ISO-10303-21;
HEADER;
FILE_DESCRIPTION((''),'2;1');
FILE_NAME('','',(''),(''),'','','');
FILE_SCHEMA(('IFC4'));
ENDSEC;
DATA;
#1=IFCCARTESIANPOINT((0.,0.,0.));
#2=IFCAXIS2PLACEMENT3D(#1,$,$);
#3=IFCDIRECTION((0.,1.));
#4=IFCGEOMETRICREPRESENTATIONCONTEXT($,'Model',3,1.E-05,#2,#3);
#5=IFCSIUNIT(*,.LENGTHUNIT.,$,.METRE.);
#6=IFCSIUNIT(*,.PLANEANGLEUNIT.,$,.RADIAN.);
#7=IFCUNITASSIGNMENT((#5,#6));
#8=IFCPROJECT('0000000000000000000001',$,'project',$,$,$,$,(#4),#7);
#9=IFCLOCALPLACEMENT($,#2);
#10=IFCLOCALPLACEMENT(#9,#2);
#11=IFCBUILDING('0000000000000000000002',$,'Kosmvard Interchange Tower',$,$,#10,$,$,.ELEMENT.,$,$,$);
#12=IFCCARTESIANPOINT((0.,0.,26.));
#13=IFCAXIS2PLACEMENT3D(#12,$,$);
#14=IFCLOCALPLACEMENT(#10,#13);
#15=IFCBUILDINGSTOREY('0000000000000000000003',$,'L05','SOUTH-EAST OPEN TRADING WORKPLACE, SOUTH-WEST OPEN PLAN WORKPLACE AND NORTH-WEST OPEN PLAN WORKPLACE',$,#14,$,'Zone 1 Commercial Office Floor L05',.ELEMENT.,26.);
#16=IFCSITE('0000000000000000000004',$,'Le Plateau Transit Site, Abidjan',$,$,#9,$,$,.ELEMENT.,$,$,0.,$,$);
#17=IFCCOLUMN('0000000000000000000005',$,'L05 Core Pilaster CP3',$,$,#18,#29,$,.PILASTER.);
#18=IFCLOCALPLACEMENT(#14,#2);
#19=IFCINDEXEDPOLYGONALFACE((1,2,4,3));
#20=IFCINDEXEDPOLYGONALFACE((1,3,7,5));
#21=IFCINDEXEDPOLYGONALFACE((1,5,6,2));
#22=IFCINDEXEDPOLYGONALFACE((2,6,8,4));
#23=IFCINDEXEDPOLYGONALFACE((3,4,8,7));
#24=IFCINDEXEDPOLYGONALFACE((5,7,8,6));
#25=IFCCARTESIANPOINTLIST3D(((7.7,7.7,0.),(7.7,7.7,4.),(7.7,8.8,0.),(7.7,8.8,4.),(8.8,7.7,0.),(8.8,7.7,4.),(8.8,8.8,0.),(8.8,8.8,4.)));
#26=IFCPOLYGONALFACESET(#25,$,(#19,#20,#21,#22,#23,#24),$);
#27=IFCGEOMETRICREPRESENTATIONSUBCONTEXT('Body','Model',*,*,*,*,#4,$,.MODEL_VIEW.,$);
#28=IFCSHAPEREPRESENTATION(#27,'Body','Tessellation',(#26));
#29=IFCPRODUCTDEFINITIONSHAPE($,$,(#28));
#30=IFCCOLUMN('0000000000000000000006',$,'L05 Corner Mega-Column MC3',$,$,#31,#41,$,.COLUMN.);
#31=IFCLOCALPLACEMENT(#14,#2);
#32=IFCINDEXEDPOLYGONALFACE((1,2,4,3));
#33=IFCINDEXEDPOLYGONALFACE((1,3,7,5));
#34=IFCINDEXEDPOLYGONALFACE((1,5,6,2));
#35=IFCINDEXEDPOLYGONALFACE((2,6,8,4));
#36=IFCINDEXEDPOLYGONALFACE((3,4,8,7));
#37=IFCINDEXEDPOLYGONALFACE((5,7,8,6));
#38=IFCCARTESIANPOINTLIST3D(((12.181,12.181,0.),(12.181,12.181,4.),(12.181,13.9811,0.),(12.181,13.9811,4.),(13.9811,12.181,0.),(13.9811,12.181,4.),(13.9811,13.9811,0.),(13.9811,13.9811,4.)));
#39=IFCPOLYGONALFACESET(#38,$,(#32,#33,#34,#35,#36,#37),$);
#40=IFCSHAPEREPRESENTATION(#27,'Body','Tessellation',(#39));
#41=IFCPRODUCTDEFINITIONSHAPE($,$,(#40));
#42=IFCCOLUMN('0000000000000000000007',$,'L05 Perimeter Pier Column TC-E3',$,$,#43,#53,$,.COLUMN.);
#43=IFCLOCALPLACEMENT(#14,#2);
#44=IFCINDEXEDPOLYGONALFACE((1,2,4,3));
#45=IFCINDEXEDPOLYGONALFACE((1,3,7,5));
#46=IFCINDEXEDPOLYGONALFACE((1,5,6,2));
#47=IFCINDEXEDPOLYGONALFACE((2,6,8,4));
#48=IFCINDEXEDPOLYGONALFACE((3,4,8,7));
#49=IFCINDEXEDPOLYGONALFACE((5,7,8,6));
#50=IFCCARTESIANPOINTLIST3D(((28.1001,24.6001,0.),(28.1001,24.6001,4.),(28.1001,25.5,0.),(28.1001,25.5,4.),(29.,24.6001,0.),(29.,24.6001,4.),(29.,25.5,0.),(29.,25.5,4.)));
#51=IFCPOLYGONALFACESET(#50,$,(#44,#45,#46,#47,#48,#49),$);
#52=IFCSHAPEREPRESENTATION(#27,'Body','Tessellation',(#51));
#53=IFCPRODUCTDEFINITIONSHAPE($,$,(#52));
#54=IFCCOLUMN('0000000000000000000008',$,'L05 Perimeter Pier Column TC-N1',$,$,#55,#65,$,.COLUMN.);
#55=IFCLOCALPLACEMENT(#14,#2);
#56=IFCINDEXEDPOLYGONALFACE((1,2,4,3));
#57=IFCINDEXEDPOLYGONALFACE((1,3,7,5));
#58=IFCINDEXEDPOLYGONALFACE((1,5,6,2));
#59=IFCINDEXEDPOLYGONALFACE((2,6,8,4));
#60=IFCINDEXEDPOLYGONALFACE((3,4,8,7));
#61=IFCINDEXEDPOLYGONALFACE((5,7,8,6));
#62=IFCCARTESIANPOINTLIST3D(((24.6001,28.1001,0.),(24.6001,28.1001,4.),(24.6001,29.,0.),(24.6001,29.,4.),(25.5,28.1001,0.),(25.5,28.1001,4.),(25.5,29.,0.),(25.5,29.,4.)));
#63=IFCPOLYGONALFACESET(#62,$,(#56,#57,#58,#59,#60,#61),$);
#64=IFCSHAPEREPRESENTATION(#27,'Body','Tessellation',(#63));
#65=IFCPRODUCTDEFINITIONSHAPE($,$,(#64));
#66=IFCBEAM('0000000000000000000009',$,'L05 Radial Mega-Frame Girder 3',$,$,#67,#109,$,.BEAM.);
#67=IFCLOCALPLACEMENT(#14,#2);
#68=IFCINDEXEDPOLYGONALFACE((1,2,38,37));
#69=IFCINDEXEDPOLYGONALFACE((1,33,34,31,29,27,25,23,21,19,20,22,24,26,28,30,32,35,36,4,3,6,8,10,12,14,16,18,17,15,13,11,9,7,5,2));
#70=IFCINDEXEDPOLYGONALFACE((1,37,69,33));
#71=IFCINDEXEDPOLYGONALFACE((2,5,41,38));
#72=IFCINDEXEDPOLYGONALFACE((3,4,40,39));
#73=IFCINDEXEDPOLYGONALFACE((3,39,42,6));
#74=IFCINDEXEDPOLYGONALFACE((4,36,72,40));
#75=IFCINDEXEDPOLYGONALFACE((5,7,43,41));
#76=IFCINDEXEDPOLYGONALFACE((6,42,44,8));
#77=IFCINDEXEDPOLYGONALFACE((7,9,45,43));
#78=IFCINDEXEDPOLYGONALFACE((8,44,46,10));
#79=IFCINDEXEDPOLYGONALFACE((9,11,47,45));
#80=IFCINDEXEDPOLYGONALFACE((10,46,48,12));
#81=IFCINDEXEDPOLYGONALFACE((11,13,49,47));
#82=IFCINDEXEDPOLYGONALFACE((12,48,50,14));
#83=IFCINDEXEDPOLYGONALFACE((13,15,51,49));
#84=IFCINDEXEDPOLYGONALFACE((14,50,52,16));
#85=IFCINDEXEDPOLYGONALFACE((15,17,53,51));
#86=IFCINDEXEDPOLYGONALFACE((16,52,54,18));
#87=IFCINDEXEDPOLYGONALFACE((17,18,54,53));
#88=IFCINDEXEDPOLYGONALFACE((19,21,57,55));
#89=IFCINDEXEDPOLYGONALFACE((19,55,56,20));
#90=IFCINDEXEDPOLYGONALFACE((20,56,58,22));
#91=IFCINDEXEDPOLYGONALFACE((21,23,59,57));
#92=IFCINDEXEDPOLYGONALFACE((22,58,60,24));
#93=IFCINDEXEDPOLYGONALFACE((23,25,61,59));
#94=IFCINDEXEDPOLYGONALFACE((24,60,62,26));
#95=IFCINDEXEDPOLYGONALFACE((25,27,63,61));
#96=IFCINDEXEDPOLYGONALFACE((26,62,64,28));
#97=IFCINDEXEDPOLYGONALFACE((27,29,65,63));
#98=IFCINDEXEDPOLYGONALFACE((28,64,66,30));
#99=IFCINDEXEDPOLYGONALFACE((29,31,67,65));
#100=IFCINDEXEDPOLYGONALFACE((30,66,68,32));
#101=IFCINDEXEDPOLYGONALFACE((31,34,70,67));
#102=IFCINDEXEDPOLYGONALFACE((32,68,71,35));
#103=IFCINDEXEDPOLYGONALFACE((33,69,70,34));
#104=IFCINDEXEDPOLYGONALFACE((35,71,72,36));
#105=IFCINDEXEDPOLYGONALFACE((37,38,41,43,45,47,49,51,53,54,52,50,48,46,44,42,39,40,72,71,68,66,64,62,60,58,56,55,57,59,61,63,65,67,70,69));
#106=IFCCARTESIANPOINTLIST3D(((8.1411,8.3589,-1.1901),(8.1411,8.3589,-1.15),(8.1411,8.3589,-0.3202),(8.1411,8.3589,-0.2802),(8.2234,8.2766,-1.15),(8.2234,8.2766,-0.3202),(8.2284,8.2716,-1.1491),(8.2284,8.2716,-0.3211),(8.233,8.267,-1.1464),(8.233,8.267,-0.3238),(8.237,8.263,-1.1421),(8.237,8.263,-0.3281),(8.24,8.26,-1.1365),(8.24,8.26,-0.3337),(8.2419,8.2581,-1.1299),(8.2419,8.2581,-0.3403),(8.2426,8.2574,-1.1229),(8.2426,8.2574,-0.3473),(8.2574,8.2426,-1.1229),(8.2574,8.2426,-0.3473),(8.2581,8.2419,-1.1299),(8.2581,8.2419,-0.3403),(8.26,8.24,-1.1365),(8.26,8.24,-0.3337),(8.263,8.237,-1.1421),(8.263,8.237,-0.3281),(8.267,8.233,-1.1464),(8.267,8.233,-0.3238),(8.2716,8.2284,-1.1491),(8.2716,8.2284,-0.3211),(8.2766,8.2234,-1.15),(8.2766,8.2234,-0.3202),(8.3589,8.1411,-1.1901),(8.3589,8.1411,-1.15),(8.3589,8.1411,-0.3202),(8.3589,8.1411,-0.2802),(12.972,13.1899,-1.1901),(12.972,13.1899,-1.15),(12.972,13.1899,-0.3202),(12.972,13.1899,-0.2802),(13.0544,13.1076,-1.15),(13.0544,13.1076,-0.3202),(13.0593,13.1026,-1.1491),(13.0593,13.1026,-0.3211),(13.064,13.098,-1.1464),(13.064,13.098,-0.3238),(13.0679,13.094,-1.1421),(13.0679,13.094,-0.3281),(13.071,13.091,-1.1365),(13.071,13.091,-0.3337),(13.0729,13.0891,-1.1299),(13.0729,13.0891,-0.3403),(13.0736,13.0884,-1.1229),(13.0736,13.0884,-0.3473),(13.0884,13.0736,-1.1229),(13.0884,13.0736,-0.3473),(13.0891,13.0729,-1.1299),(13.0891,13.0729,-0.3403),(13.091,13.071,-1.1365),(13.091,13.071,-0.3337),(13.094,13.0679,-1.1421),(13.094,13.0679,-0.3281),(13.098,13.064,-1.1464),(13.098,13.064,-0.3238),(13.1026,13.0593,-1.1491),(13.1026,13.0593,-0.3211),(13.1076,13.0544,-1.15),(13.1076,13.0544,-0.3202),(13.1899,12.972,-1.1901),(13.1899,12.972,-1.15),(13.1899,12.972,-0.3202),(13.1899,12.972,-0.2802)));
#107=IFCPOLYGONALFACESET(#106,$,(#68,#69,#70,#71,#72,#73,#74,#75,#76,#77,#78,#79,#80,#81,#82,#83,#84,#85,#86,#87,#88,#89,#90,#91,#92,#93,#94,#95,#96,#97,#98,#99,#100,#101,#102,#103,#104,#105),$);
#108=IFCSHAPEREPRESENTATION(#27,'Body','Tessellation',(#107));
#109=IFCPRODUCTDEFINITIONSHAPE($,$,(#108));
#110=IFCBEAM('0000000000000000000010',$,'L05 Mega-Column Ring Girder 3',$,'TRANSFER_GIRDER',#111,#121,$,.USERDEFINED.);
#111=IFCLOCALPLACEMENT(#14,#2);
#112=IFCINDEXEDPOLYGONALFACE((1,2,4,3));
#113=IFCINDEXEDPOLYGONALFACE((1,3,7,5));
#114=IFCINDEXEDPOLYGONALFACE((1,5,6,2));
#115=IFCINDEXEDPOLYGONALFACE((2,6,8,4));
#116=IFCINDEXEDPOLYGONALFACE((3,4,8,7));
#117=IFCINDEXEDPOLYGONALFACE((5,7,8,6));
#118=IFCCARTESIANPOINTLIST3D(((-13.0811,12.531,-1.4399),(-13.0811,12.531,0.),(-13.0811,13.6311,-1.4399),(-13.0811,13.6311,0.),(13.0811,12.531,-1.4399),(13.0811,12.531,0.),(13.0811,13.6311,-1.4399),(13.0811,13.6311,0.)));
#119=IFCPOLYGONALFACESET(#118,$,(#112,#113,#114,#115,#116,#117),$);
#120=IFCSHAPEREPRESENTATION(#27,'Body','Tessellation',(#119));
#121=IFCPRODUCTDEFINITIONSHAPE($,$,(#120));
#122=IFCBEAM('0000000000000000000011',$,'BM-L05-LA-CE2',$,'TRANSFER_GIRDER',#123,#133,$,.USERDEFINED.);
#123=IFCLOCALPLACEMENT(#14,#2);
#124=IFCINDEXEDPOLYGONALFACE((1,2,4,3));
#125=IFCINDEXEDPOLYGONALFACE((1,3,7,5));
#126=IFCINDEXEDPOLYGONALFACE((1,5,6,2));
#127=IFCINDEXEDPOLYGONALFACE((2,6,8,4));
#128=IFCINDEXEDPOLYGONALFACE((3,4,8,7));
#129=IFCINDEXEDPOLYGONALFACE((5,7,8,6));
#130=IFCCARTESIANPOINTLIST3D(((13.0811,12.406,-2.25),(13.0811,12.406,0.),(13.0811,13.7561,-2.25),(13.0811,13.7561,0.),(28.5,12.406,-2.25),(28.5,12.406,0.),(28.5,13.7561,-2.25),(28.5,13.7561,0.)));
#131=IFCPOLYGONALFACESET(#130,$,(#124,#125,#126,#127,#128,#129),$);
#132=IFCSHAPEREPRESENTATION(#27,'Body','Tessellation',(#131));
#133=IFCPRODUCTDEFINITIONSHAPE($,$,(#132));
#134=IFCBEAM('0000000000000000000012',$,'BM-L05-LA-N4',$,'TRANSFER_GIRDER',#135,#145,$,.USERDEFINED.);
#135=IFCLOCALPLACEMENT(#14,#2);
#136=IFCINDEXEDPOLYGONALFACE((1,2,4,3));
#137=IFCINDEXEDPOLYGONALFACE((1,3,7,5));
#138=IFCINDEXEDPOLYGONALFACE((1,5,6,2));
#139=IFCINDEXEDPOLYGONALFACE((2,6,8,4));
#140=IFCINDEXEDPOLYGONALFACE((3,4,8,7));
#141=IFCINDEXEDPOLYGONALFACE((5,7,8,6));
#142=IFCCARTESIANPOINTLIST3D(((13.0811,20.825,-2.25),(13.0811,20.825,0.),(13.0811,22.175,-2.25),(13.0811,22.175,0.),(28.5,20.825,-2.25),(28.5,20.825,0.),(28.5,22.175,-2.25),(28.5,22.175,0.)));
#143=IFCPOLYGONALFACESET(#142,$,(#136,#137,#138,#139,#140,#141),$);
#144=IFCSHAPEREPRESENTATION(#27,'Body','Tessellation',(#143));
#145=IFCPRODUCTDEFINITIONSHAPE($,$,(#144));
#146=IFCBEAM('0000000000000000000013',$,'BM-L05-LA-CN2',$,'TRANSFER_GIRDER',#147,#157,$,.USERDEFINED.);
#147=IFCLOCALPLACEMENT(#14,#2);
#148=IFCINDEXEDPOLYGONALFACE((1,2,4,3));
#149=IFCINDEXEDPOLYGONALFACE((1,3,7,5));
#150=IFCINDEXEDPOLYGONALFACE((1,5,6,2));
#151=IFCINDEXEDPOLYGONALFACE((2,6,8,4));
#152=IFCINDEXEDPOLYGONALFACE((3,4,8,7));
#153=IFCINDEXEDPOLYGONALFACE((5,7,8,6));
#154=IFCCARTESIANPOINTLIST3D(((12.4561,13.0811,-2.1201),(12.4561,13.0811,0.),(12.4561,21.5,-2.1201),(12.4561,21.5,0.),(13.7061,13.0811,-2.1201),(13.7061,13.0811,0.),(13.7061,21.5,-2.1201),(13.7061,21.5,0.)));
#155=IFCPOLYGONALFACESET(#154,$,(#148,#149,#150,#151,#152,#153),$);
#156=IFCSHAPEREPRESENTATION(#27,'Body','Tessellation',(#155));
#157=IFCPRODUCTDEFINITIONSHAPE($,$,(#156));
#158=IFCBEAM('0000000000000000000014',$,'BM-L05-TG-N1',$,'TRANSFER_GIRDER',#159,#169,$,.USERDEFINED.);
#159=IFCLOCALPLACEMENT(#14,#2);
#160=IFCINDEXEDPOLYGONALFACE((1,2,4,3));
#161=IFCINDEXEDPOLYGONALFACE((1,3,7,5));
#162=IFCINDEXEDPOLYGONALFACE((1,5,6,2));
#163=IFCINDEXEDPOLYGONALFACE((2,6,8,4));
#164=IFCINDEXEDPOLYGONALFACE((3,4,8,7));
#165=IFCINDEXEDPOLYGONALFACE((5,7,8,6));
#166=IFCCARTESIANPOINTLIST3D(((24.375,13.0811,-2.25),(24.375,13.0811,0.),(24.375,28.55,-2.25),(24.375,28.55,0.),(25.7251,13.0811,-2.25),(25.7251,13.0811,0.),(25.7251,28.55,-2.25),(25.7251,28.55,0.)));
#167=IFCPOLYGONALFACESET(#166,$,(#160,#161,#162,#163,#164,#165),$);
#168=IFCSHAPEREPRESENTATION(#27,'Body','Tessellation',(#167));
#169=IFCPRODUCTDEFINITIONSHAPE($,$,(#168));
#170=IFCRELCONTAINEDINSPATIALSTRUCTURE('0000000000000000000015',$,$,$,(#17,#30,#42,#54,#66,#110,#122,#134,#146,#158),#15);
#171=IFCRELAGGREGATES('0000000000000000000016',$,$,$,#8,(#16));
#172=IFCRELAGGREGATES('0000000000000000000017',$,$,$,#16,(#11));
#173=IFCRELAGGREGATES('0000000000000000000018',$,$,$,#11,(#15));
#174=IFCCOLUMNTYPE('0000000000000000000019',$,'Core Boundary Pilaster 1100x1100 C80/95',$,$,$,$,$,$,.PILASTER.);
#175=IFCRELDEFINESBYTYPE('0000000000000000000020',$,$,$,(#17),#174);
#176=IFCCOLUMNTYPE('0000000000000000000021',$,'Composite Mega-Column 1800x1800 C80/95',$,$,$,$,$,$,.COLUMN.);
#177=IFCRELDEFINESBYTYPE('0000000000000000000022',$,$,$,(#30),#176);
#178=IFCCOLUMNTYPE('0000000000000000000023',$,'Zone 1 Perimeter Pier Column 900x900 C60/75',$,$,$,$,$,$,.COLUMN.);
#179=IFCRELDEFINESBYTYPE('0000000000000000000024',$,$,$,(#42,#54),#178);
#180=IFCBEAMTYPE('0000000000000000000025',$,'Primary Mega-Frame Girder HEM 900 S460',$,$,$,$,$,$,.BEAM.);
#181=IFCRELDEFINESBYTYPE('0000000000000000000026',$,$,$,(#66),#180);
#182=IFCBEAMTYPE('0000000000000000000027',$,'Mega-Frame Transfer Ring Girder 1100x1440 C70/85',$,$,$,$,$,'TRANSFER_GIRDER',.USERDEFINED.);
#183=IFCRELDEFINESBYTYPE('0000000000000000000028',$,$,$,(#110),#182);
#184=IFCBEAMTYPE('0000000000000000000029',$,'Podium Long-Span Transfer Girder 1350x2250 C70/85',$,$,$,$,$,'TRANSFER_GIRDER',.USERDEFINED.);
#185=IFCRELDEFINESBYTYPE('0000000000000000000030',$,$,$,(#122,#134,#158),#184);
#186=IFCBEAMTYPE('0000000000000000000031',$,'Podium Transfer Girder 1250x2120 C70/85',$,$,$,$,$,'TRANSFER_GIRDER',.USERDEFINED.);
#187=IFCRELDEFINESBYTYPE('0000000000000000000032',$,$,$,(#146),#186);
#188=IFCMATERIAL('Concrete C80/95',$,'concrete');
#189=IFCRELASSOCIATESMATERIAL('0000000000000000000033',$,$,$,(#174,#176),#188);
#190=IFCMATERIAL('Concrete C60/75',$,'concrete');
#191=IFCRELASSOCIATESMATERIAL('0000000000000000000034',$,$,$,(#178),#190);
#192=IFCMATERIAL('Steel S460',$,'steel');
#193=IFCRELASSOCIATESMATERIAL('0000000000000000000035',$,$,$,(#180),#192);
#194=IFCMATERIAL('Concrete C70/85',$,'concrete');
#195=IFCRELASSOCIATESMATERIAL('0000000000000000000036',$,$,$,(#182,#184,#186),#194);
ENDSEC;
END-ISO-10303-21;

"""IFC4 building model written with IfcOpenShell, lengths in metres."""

from ifc_helpers import new_model, si_unit, direction, frame, origin, origin_2d, place, context, subcontext, project, spatial, rectangle, i_section, extrude, source, transform, mapped, material, material_profile, profile_set, type_object, element, save


model = new_model("IFC4")

# Units and contexts
model_context = context("Model", 3, precision=1e-05, world=origin(), true_north=direction((0.0, 1.0)))
body_context = subcontext(model_context, "Body", "Model", "MODEL_VIEW")
ifc_project = project(units=[si_unit("LENGTHUNIT", "METRE"), si_unit("PLANEANGLEUNIT", "RADIAN")], contexts=[model_context])

# Site, building, storey
site_placement = place(None, origin())
site = spatial("IfcSite", under=ifc_project, at=site_placement, Name="Le Plateau Transit Site, Abidjan", CompositionType="ELEMENT", RefElevation=0.0)
building_placement = place(site_placement, origin())
building = spatial("IfcBuilding", under=site, at=building_placement, Name="Kosmvard Interchange Tower", CompositionType="ELEMENT")
storey_placement = place(building_placement, frame((0.0, 0.0, 26.0)))
storey = spatial("IfcBuildingStorey", under=building, at=storey_placement, Name="L05", Description="SOUTH-EAST OPEN TRADING WORKPLACE, SOUTH-WEST OPEN PLAN WORKPLACE AND NORTH-WEST OPEN PLAN WORKPLACE", LongName="Zone 1 Commercial Office Floor L05", CompositionType="ELEMENT", Elevation=26.0)

# Columns
ifc_material_1 = material(Name="Concrete C80/95", Category="concrete")
ifc_material_profile_1 = material_profile(ifc_material_1, rectangle(XDim=1.1001, YDim=1.1001, at=origin_2d()), Name="CP 1100x1100")
ifc_profile_set_1 = profile_set([ifc_material_profile_1], Name="Concrete C80/95")
column_type_1 = type_object("IfcColumnType", Name="Core Boundary Pilaster 1100x1100 C80/95", PredefinedType="PILASTER", material=ifc_profile_set_1)
shared_shape_1 = source(origin(), body_context, "Body", "SweptSolid", [
    extrude(rectangle(XDim=1.1001, YDim=1.1001, at=origin_2d()), origin(), (0.0, 0.0, 1.0), 4.0),
])
column_1_placement = place(storey_placement, frame((8.25, 8.25, 0.0), z_axis=(0.0, 0.0, 1.0), x_axis=(1.0, 0.0, 0.0)))
element("IfcColumn", 1, at=column_1_placement, inside=storey, type_object=column_type_1, Name="L05 Core Pilaster CP3", PredefinedType="PILASTER", context=body_context, shape_type="MappedRepresentation", body=[
    mapped(shared_shape_1, transform((0.0, 0.0, 0.0), scale=1.0)),
])
ifc_material_profile_2 = material_profile(ifc_material_1, rectangle(XDim=1.8, YDim=1.8, at=origin_2d()), Name="MC 1800x1800")
ifc_profile_set_2 = profile_set([ifc_material_profile_2], Name="Concrete C80/95")
column_type_2 = type_object("IfcColumnType", Name="Composite Mega-Column 1800x1800 C80/95", PredefinedType="COLUMN", material=ifc_profile_set_2)
shared_shape_2 = source(origin(), body_context, "Body", "SweptSolid", [
    extrude(rectangle(XDim=1.8, YDim=1.8, at=origin_2d()), origin(), (0.0, 0.0, 1.0), 4.0),
])
column_2_placement = place(storey_placement, frame((13.0811, 13.0811, 0.0), z_axis=(0.0, 0.0, 1.0), x_axis=(1.0, 0.0, 0.0)))
element("IfcColumn", 2, at=column_2_placement, inside=storey, type_object=column_type_2, Name="L05 Corner Mega-Column MC3", PredefinedType="COLUMN", context=body_context, shape_type="MappedRepresentation", body=[
    mapped(shared_shape_2, transform((0.0, 0.0, 0.0), scale=1.0)),
])
ifc_material_2 = material(Name="Concrete C60/75", Category="concrete")
ifc_material_profile_3 = material_profile(ifc_material_2, rectangle(XDim=0.8999, YDim=0.8999, at=origin_2d()), Name="TC 900x900")
ifc_profile_set_3 = profile_set([ifc_material_profile_3], Name="Concrete C60/75")
column_type_3 = type_object("IfcColumnType", Name="Zone 1 Perimeter Pier Column 900x900 C60/75", PredefinedType="COLUMN", material=ifc_profile_set_3)
shared_shape_3 = source(origin(), body_context, "Body", "SweptSolid", [
    extrude(rectangle(XDim=0.8999, YDim=0.8999, at=origin_2d()), origin(), (0.0, 0.0, 1.0), 4.0),
])
for number, where, z_axis, x_axis, name in (
    (3, (28.55, 25.05, 0.0), (0.0, 0.0, 1.0), (1.0, 0.0, 0.0), "L05 Perimeter Pier Column TC-E3"),
    (4, (25.05, 28.55, 0.0), (0.0, 0.0, 1.0), (1.0, 0.0, 0.0), "L05 Perimeter Pier Column TC-N1"),
):
    element("IfcColumn", number, at=place(storey_placement, frame(where, z_axis=z_axis, x_axis=x_axis)), inside=storey, type_object=column_type_3, Name=name, PredefinedType="COLUMN", context=body_context, shape_type="MappedRepresentation", body=[
        mapped(shared_shape_3, transform((0.0, 0.0, 0.0), scale=1.0)),
    ])

# Beams
ifc_material_3 = material(Name="Steel S460", Category="steel")
ifc_material_profile_4 = material_profile(ifc_material_3, i_section(OverallWidth=0.3081, OverallDepth=0.9099, WebThickness=0.021, FlangeThickness=0.04, FilletRadius=0.0271, at=origin_2d()), Name="HEM 900")
ifc_profile_set_4 = profile_set([ifc_material_profile_4], Name="Steel S460")
beam_type_1 = type_object("IfcBeamType", Name="Primary Mega-Frame Girder HEM 900 S460", PredefinedType="BEAM", material=ifc_profile_set_4)
shared_shape_4 = source(origin(), body_context, "Body", "SweptSolid", [
    extrude(i_section(OverallWidth=0.3081, OverallDepth=0.9099, WebThickness=0.021, FlangeThickness=0.04, FilletRadius=0.0271, at=origin_2d()), origin(), (0.0, 0.0, 1.0), 6.832),
])
beam_1_placement = place(storey_placement, frame((8.25, 8.25, -0.7351), z_axis=(0.707107, 0.707107, 0.0), x_axis=(-0.707107, 0.707107, 0.0)))
element("IfcBeam", 5, at=beam_1_placement, inside=storey, type_object=beam_type_1, Name="L05 Radial Mega-Frame Girder 3", PredefinedType="BEAM", context=body_context, shape_type="MappedRepresentation", body=[
    mapped(shared_shape_4, transform((0.0, 0.0, 0.0), scale=1.0)),
])
ifc_material_4 = material(Name="Concrete C70/85", Category="concrete")
ifc_material_profile_5 = material_profile(ifc_material_4, rectangle(XDim=1.1001, YDim=1.4399, at=origin_2d()), Name="TG 1100x1440")
ifc_profile_set_5 = profile_set([ifc_material_profile_5], Name="Concrete C70/85")
beam_type_2 = type_object("IfcBeamType", Name="Mega-Frame Transfer Ring Girder 1100x1440 C70/85", ElementType="TRANSFER_GIRDER", PredefinedType="USERDEFINED", material=ifc_profile_set_5)
shared_shape_5 = source(origin(), body_context, "Body", "SweptSolid", [
    extrude(rectangle(XDim=1.1001, YDim=1.4399, at=origin_2d()), origin(), (0.0, 0.0, 1.0), 26.1621),
])
beam_2_placement = place(storey_placement, frame((13.0811, 13.0811, -0.72), z_axis=(-1.0, 0.0, 0.0), x_axis=(0.0, -1.0, 0.0)))
element("IfcBeam", 6, at=beam_2_placement, inside=storey, type_object=beam_type_2, Name="L05 Mega-Column Ring Girder 3", ObjectType="TRANSFER_GIRDER", PredefinedType="USERDEFINED", context=body_context, shape_type="MappedRepresentation", body=[
    mapped(shared_shape_5, transform((0.0, 0.0, 0.0), scale=1.0)),
])
ifc_material_profile_6 = material_profile(ifc_material_4, rectangle(XDim=1.3501, YDim=2.25, at=origin_2d()), Name="TG 1350x2250")
ifc_profile_set_6 = profile_set([ifc_material_profile_6], Name="Concrete C70/85")
beam_type_3 = type_object("IfcBeamType", Name="Podium Long-Span Transfer Girder 1350x2250 C70/85", ElementType="TRANSFER_GIRDER", PredefinedType="USERDEFINED", material=ifc_profile_set_6)
shared_shape_6 = source(origin(), body_context, "Body", "SweptSolid", [
    extrude(rectangle(XDim=1.3501, YDim=2.25, at=origin_2d()), origin(), (0.0, 0.0, 1.0), 15.4189),
])
for number, where, z_axis, x_axis, name in (
    (7, (13.0811, 13.0811, -1.125), (1.0, 0.0, 0.0), (0.0, 1.0, 0.0), "BM-L05-LA-CE2"),
    (8, (13.0811, 21.5, -1.125), (1.0, 0.0, 0.0), (0.0, 1.0, 0.0), "BM-L05-LA-N4"),
):
    element("IfcBeam", number, at=place(storey_placement, frame(where, z_axis=z_axis, x_axis=x_axis)), inside=storey, type_object=beam_type_3, Name=name, ObjectType="TRANSFER_GIRDER", PredefinedType="USERDEFINED", context=body_context, shape_type="MappedRepresentation", body=[
        mapped(shared_shape_6, transform((0.0, 0.0, 0.0), scale=1.0)),
    ])
ifc_material_profile_7 = material_profile(ifc_material_4, rectangle(XDim=1.25, YDim=2.1201, at=origin_2d()), Name="TG 1250x2120")
ifc_profile_set_7 = profile_set([ifc_material_profile_7], Name="Concrete C70/85")
beam_type_4 = type_object("IfcBeamType", Name="Podium Transfer Girder 1250x2120 C70/85", ElementType="TRANSFER_GIRDER", PredefinedType="USERDEFINED", material=ifc_profile_set_7)
shared_shape_7 = source(origin(), body_context, "Body", "SweptSolid", [
    extrude(rectangle(XDim=1.25, YDim=2.1201, at=origin_2d()), origin(), (0.0, 0.0, 1.0), 8.4189),
])
beam_3_placement = place(storey_placement, frame((13.0811, 21.5, -1.0601), z_axis=(0.0, -1.0, 0.0), x_axis=(1.0, 0.0, 0.0)))
element("IfcBeam", 9, at=beam_3_placement, inside=storey, type_object=beam_type_4, Name="BM-L05-LA-CN2", ObjectType="TRANSFER_GIRDER", PredefinedType="USERDEFINED", context=body_context, shape_type="MappedRepresentation", body=[
    mapped(shared_shape_7, transform((0.0, 0.0, 0.0), scale=1.0)),
])
shared_shape_8 = source(origin(), body_context, "Body", "SweptSolid", [
    extrude(rectangle(XDim=1.3501, YDim=2.25, at=origin_2d()), origin(), (0.0, 0.0, 1.0), 15.469),
])
beam_4_placement = place(storey_placement, frame((25.05, 13.0811, -1.125), z_axis=(0.0, 1.0, 0.0), x_axis=(-1.0, 0.0, 0.0)))
element("IfcBeam", 10, at=beam_4_placement, inside=storey, type_object=beam_type_3, Name="BM-L05-TG-N1", ObjectType="TRANSFER_GIRDER", PredefinedType="USERDEFINED", context=body_context, shape_type="MappedRepresentation", body=[
    mapped(shared_shape_8, transform((0.0, 0.0, 0.0), scale=1.0)),
])

save(model, "model.ifc")
